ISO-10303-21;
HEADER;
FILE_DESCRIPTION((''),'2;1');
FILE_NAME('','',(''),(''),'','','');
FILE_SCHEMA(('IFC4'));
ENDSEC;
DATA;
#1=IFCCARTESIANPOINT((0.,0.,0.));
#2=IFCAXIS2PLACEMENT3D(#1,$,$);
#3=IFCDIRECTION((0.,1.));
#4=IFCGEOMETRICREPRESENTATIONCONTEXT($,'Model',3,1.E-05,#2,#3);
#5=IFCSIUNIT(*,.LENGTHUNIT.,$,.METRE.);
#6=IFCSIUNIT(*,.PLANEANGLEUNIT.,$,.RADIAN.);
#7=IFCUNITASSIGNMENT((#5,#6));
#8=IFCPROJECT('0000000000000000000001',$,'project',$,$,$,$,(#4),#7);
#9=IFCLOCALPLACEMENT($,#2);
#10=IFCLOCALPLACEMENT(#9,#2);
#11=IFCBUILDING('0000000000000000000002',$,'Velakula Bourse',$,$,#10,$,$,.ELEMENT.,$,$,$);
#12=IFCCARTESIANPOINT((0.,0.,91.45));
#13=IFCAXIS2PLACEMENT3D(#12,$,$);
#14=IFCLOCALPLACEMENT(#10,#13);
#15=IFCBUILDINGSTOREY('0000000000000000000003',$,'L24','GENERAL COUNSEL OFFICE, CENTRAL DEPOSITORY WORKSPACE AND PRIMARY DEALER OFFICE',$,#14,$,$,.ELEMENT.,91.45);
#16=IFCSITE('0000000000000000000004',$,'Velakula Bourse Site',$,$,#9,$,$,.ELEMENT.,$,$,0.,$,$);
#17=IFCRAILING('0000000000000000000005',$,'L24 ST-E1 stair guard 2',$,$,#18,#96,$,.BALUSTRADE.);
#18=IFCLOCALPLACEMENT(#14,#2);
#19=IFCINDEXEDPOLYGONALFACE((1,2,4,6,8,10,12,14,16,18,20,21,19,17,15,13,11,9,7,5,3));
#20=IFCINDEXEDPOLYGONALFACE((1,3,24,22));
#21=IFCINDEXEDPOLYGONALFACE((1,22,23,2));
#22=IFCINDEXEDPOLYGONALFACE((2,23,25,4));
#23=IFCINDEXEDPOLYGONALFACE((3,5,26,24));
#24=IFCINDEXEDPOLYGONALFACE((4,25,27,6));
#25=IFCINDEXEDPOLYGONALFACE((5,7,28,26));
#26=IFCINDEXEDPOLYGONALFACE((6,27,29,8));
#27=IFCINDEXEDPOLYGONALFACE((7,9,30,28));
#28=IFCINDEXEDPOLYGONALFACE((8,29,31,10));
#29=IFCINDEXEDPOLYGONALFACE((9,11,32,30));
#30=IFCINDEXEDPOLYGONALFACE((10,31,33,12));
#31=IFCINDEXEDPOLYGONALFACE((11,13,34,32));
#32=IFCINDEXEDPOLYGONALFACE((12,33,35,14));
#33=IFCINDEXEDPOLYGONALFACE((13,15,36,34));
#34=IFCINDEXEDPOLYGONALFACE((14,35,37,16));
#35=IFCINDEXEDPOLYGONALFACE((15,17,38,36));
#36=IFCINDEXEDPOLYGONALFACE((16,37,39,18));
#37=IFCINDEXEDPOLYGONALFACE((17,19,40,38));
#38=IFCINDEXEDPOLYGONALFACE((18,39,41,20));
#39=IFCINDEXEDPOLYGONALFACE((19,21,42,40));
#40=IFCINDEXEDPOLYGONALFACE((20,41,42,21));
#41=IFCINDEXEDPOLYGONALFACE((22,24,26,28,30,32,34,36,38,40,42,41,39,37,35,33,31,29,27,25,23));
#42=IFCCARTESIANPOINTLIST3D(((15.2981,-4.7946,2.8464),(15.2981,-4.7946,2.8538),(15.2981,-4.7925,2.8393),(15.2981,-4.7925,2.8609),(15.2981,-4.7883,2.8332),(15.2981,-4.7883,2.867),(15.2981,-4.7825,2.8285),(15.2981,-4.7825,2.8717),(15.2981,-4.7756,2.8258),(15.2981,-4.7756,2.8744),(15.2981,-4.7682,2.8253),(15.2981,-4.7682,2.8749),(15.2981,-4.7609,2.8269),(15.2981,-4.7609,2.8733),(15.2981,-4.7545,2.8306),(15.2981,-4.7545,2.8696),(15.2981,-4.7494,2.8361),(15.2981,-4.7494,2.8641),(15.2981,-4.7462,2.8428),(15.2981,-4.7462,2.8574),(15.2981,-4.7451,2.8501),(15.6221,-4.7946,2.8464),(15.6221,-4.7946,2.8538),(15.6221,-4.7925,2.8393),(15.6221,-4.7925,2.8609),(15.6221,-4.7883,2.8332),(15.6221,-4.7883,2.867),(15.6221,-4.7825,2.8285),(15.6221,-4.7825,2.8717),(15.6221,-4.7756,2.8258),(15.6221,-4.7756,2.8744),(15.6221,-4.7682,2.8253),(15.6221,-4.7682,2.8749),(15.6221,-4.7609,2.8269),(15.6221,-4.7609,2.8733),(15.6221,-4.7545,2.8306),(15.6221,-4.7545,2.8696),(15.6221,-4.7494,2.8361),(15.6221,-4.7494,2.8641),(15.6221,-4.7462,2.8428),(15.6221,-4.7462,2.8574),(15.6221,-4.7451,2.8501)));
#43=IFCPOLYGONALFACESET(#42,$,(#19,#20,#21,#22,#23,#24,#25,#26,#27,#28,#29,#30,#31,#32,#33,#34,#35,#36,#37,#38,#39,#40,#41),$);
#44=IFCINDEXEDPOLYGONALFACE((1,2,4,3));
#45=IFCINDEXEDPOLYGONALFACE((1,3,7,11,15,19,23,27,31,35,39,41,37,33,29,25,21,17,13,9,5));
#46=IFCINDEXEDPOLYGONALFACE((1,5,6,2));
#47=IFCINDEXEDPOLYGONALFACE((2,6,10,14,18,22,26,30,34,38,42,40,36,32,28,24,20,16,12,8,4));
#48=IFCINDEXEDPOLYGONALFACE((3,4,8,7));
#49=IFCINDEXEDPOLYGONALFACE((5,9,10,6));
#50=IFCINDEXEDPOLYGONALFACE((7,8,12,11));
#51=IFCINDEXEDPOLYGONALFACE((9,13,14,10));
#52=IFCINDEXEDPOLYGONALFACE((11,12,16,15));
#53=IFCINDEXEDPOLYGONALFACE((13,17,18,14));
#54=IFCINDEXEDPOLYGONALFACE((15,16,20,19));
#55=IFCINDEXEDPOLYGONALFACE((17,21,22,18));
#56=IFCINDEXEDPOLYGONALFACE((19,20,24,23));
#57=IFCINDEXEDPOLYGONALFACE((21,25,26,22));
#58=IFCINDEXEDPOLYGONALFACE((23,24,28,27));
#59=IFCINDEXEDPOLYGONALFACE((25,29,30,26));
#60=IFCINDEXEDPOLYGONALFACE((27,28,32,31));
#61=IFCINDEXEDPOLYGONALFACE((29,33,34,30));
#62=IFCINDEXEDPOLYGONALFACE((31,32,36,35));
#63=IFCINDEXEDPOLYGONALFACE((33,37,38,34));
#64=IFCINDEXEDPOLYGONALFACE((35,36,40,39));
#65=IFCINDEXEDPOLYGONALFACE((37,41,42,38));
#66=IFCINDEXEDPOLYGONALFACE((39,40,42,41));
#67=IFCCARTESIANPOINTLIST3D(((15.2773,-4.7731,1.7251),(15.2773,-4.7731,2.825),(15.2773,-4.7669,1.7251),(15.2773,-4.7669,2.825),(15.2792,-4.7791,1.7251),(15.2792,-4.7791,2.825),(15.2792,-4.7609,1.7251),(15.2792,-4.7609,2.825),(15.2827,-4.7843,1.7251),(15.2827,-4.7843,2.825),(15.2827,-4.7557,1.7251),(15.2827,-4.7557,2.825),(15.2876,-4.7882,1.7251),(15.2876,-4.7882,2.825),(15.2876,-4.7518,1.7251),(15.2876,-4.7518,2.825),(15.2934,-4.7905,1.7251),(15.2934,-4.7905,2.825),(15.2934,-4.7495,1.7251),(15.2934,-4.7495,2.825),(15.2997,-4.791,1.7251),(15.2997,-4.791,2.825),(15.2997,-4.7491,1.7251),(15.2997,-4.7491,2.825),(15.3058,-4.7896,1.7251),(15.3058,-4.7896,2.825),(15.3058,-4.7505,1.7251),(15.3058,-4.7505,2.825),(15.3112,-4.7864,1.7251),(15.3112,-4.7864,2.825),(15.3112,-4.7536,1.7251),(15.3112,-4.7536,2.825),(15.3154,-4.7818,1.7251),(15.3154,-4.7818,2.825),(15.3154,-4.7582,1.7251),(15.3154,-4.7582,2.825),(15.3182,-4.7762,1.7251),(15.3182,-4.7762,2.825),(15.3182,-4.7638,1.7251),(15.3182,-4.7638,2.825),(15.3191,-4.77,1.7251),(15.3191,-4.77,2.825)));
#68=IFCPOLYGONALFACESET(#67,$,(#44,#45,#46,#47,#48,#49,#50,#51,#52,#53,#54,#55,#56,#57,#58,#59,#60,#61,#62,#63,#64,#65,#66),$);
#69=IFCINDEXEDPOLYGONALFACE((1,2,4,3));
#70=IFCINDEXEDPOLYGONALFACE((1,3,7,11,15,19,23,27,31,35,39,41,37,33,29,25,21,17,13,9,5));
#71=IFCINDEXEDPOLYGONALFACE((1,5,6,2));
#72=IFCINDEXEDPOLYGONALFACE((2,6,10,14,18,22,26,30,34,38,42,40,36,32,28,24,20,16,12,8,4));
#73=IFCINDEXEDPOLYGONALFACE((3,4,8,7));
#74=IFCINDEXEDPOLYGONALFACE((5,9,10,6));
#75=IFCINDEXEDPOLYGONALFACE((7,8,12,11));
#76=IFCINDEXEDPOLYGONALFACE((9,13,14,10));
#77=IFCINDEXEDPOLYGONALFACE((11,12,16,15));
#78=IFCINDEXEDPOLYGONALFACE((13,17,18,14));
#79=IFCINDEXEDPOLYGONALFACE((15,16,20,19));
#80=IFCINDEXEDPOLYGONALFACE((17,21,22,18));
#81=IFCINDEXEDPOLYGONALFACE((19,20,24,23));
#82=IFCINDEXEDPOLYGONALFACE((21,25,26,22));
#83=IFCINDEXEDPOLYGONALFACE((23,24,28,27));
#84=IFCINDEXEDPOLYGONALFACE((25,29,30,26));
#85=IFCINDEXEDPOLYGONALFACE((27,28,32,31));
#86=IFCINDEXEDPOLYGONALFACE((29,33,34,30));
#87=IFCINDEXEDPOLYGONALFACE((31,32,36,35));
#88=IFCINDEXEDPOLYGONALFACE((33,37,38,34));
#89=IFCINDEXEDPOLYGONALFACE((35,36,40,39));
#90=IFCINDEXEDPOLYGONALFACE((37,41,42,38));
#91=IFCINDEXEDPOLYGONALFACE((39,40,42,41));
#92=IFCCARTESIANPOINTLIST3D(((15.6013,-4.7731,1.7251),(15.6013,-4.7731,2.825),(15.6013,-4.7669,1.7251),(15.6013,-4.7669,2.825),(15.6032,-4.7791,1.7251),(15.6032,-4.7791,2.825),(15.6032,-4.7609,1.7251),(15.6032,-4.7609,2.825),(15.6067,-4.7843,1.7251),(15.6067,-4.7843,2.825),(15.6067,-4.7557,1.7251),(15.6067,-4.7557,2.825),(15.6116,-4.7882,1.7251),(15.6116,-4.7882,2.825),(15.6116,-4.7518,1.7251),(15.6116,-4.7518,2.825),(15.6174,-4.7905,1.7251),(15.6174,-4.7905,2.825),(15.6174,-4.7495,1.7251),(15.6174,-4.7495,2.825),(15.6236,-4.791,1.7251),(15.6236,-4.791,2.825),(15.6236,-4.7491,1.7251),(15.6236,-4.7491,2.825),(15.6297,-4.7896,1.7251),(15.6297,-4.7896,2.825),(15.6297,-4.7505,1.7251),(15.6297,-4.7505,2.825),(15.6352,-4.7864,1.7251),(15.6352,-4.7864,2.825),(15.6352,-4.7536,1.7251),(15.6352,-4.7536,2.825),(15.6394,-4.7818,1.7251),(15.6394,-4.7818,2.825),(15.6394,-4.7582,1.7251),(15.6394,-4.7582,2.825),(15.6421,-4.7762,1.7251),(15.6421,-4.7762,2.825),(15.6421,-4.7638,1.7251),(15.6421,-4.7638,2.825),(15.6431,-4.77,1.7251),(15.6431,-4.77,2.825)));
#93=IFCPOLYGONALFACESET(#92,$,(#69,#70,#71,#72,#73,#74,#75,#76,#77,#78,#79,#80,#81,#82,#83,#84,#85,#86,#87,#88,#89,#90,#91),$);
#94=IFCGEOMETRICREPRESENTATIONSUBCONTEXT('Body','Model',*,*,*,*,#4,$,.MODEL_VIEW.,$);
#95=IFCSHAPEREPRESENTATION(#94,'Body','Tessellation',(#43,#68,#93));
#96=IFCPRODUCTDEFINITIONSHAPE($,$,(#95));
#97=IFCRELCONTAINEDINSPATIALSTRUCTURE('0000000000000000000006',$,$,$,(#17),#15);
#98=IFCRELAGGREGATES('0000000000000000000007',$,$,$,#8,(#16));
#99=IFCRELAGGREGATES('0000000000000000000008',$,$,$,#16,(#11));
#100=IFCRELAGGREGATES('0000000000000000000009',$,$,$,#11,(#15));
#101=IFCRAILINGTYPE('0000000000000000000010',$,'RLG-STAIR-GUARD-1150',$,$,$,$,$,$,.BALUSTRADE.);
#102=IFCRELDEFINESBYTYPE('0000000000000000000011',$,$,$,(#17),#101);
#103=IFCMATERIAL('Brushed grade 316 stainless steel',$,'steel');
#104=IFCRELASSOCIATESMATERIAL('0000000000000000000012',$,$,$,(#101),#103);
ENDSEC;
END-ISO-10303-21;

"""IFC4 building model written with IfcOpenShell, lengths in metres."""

from ifc_helpers import new_model, si_unit, direction, frame, origin, origin_2d, place, context, subcontext, project, spatial, circle, extrude, material, type_object, element, save


model = new_model("IFC4")

# Units and contexts
model_context = context("Model", 3, precision=1e-05, world=origin(), true_north=direction((0.0, 1.0)))
body_context = subcontext(model_context, "Body", "Model", "MODEL_VIEW")
ifc_project = project(units=[si_unit("LENGTHUNIT", "METRE"), si_unit("PLANEANGLEUNIT", "RADIAN")], contexts=[model_context])

# Site, building, storey
site_placement = place(None, origin())
site = spatial("IfcSite", under=ifc_project, at=site_placement, Name="Velakula Bourse Site", CompositionType="ELEMENT", RefElevation=0.0)
building_placement = place(site_placement, origin())
building = spatial("IfcBuilding", under=site, at=building_placement, Name="Velakula Bourse", CompositionType="ELEMENT")
storey_placement = place(building_placement, frame((0.0, 0.0, 91.45)))
storey = spatial("IfcBuildingStorey", under=building, at=storey_placement, Name="L24", Description="GENERAL COUNSEL OFFICE, CENTRAL DEPOSITORY WORKSPACE AND PRIMARY DEALER OFFICE", CompositionType="ELEMENT", Elevation=91.45)

# Railing
ifc_material_1 = material(Name="Brushed grade 316 stainless steel", Category="steel")
railing_type_1 = type_object("IfcRailingType", Name="RLG-STAIR-GUARD-1150", PredefinedType="BALUSTRADE", material=ifc_material_1)
railing_1_placement = place(storey_placement, frame((15.2981, -4.77, 1.7251)))
element("IfcRailing", 1, at=railing_1_placement, inside=storey, type_object=railing_type_1, Name="L24 ST-E1 stair guard 2", PredefinedType="BALUSTRADE", context=body_context, shape_type="SweptSolid", body=[
    extrude(circle(Radius=0.0249, at=origin_2d()), frame((0.0, 0.0, 1.125), z_axis=(1.0, 0.0, 0.0), x_axis=(0.0, 1.0, 0.0)), (0.0, 0.0, 1.0), 0.324),
    extrude(circle(Radius=0.021, at=origin_2d()), origin(), (0.0, 0.0, 1.0), 1.0999),
    extrude(circle(Radius=0.021, at=origin_2d()), frame((0.324, 0.0, 0.0)), (0.0, 0.0, 1.0), 1.0999),
])

save(model, "model.ifc")
